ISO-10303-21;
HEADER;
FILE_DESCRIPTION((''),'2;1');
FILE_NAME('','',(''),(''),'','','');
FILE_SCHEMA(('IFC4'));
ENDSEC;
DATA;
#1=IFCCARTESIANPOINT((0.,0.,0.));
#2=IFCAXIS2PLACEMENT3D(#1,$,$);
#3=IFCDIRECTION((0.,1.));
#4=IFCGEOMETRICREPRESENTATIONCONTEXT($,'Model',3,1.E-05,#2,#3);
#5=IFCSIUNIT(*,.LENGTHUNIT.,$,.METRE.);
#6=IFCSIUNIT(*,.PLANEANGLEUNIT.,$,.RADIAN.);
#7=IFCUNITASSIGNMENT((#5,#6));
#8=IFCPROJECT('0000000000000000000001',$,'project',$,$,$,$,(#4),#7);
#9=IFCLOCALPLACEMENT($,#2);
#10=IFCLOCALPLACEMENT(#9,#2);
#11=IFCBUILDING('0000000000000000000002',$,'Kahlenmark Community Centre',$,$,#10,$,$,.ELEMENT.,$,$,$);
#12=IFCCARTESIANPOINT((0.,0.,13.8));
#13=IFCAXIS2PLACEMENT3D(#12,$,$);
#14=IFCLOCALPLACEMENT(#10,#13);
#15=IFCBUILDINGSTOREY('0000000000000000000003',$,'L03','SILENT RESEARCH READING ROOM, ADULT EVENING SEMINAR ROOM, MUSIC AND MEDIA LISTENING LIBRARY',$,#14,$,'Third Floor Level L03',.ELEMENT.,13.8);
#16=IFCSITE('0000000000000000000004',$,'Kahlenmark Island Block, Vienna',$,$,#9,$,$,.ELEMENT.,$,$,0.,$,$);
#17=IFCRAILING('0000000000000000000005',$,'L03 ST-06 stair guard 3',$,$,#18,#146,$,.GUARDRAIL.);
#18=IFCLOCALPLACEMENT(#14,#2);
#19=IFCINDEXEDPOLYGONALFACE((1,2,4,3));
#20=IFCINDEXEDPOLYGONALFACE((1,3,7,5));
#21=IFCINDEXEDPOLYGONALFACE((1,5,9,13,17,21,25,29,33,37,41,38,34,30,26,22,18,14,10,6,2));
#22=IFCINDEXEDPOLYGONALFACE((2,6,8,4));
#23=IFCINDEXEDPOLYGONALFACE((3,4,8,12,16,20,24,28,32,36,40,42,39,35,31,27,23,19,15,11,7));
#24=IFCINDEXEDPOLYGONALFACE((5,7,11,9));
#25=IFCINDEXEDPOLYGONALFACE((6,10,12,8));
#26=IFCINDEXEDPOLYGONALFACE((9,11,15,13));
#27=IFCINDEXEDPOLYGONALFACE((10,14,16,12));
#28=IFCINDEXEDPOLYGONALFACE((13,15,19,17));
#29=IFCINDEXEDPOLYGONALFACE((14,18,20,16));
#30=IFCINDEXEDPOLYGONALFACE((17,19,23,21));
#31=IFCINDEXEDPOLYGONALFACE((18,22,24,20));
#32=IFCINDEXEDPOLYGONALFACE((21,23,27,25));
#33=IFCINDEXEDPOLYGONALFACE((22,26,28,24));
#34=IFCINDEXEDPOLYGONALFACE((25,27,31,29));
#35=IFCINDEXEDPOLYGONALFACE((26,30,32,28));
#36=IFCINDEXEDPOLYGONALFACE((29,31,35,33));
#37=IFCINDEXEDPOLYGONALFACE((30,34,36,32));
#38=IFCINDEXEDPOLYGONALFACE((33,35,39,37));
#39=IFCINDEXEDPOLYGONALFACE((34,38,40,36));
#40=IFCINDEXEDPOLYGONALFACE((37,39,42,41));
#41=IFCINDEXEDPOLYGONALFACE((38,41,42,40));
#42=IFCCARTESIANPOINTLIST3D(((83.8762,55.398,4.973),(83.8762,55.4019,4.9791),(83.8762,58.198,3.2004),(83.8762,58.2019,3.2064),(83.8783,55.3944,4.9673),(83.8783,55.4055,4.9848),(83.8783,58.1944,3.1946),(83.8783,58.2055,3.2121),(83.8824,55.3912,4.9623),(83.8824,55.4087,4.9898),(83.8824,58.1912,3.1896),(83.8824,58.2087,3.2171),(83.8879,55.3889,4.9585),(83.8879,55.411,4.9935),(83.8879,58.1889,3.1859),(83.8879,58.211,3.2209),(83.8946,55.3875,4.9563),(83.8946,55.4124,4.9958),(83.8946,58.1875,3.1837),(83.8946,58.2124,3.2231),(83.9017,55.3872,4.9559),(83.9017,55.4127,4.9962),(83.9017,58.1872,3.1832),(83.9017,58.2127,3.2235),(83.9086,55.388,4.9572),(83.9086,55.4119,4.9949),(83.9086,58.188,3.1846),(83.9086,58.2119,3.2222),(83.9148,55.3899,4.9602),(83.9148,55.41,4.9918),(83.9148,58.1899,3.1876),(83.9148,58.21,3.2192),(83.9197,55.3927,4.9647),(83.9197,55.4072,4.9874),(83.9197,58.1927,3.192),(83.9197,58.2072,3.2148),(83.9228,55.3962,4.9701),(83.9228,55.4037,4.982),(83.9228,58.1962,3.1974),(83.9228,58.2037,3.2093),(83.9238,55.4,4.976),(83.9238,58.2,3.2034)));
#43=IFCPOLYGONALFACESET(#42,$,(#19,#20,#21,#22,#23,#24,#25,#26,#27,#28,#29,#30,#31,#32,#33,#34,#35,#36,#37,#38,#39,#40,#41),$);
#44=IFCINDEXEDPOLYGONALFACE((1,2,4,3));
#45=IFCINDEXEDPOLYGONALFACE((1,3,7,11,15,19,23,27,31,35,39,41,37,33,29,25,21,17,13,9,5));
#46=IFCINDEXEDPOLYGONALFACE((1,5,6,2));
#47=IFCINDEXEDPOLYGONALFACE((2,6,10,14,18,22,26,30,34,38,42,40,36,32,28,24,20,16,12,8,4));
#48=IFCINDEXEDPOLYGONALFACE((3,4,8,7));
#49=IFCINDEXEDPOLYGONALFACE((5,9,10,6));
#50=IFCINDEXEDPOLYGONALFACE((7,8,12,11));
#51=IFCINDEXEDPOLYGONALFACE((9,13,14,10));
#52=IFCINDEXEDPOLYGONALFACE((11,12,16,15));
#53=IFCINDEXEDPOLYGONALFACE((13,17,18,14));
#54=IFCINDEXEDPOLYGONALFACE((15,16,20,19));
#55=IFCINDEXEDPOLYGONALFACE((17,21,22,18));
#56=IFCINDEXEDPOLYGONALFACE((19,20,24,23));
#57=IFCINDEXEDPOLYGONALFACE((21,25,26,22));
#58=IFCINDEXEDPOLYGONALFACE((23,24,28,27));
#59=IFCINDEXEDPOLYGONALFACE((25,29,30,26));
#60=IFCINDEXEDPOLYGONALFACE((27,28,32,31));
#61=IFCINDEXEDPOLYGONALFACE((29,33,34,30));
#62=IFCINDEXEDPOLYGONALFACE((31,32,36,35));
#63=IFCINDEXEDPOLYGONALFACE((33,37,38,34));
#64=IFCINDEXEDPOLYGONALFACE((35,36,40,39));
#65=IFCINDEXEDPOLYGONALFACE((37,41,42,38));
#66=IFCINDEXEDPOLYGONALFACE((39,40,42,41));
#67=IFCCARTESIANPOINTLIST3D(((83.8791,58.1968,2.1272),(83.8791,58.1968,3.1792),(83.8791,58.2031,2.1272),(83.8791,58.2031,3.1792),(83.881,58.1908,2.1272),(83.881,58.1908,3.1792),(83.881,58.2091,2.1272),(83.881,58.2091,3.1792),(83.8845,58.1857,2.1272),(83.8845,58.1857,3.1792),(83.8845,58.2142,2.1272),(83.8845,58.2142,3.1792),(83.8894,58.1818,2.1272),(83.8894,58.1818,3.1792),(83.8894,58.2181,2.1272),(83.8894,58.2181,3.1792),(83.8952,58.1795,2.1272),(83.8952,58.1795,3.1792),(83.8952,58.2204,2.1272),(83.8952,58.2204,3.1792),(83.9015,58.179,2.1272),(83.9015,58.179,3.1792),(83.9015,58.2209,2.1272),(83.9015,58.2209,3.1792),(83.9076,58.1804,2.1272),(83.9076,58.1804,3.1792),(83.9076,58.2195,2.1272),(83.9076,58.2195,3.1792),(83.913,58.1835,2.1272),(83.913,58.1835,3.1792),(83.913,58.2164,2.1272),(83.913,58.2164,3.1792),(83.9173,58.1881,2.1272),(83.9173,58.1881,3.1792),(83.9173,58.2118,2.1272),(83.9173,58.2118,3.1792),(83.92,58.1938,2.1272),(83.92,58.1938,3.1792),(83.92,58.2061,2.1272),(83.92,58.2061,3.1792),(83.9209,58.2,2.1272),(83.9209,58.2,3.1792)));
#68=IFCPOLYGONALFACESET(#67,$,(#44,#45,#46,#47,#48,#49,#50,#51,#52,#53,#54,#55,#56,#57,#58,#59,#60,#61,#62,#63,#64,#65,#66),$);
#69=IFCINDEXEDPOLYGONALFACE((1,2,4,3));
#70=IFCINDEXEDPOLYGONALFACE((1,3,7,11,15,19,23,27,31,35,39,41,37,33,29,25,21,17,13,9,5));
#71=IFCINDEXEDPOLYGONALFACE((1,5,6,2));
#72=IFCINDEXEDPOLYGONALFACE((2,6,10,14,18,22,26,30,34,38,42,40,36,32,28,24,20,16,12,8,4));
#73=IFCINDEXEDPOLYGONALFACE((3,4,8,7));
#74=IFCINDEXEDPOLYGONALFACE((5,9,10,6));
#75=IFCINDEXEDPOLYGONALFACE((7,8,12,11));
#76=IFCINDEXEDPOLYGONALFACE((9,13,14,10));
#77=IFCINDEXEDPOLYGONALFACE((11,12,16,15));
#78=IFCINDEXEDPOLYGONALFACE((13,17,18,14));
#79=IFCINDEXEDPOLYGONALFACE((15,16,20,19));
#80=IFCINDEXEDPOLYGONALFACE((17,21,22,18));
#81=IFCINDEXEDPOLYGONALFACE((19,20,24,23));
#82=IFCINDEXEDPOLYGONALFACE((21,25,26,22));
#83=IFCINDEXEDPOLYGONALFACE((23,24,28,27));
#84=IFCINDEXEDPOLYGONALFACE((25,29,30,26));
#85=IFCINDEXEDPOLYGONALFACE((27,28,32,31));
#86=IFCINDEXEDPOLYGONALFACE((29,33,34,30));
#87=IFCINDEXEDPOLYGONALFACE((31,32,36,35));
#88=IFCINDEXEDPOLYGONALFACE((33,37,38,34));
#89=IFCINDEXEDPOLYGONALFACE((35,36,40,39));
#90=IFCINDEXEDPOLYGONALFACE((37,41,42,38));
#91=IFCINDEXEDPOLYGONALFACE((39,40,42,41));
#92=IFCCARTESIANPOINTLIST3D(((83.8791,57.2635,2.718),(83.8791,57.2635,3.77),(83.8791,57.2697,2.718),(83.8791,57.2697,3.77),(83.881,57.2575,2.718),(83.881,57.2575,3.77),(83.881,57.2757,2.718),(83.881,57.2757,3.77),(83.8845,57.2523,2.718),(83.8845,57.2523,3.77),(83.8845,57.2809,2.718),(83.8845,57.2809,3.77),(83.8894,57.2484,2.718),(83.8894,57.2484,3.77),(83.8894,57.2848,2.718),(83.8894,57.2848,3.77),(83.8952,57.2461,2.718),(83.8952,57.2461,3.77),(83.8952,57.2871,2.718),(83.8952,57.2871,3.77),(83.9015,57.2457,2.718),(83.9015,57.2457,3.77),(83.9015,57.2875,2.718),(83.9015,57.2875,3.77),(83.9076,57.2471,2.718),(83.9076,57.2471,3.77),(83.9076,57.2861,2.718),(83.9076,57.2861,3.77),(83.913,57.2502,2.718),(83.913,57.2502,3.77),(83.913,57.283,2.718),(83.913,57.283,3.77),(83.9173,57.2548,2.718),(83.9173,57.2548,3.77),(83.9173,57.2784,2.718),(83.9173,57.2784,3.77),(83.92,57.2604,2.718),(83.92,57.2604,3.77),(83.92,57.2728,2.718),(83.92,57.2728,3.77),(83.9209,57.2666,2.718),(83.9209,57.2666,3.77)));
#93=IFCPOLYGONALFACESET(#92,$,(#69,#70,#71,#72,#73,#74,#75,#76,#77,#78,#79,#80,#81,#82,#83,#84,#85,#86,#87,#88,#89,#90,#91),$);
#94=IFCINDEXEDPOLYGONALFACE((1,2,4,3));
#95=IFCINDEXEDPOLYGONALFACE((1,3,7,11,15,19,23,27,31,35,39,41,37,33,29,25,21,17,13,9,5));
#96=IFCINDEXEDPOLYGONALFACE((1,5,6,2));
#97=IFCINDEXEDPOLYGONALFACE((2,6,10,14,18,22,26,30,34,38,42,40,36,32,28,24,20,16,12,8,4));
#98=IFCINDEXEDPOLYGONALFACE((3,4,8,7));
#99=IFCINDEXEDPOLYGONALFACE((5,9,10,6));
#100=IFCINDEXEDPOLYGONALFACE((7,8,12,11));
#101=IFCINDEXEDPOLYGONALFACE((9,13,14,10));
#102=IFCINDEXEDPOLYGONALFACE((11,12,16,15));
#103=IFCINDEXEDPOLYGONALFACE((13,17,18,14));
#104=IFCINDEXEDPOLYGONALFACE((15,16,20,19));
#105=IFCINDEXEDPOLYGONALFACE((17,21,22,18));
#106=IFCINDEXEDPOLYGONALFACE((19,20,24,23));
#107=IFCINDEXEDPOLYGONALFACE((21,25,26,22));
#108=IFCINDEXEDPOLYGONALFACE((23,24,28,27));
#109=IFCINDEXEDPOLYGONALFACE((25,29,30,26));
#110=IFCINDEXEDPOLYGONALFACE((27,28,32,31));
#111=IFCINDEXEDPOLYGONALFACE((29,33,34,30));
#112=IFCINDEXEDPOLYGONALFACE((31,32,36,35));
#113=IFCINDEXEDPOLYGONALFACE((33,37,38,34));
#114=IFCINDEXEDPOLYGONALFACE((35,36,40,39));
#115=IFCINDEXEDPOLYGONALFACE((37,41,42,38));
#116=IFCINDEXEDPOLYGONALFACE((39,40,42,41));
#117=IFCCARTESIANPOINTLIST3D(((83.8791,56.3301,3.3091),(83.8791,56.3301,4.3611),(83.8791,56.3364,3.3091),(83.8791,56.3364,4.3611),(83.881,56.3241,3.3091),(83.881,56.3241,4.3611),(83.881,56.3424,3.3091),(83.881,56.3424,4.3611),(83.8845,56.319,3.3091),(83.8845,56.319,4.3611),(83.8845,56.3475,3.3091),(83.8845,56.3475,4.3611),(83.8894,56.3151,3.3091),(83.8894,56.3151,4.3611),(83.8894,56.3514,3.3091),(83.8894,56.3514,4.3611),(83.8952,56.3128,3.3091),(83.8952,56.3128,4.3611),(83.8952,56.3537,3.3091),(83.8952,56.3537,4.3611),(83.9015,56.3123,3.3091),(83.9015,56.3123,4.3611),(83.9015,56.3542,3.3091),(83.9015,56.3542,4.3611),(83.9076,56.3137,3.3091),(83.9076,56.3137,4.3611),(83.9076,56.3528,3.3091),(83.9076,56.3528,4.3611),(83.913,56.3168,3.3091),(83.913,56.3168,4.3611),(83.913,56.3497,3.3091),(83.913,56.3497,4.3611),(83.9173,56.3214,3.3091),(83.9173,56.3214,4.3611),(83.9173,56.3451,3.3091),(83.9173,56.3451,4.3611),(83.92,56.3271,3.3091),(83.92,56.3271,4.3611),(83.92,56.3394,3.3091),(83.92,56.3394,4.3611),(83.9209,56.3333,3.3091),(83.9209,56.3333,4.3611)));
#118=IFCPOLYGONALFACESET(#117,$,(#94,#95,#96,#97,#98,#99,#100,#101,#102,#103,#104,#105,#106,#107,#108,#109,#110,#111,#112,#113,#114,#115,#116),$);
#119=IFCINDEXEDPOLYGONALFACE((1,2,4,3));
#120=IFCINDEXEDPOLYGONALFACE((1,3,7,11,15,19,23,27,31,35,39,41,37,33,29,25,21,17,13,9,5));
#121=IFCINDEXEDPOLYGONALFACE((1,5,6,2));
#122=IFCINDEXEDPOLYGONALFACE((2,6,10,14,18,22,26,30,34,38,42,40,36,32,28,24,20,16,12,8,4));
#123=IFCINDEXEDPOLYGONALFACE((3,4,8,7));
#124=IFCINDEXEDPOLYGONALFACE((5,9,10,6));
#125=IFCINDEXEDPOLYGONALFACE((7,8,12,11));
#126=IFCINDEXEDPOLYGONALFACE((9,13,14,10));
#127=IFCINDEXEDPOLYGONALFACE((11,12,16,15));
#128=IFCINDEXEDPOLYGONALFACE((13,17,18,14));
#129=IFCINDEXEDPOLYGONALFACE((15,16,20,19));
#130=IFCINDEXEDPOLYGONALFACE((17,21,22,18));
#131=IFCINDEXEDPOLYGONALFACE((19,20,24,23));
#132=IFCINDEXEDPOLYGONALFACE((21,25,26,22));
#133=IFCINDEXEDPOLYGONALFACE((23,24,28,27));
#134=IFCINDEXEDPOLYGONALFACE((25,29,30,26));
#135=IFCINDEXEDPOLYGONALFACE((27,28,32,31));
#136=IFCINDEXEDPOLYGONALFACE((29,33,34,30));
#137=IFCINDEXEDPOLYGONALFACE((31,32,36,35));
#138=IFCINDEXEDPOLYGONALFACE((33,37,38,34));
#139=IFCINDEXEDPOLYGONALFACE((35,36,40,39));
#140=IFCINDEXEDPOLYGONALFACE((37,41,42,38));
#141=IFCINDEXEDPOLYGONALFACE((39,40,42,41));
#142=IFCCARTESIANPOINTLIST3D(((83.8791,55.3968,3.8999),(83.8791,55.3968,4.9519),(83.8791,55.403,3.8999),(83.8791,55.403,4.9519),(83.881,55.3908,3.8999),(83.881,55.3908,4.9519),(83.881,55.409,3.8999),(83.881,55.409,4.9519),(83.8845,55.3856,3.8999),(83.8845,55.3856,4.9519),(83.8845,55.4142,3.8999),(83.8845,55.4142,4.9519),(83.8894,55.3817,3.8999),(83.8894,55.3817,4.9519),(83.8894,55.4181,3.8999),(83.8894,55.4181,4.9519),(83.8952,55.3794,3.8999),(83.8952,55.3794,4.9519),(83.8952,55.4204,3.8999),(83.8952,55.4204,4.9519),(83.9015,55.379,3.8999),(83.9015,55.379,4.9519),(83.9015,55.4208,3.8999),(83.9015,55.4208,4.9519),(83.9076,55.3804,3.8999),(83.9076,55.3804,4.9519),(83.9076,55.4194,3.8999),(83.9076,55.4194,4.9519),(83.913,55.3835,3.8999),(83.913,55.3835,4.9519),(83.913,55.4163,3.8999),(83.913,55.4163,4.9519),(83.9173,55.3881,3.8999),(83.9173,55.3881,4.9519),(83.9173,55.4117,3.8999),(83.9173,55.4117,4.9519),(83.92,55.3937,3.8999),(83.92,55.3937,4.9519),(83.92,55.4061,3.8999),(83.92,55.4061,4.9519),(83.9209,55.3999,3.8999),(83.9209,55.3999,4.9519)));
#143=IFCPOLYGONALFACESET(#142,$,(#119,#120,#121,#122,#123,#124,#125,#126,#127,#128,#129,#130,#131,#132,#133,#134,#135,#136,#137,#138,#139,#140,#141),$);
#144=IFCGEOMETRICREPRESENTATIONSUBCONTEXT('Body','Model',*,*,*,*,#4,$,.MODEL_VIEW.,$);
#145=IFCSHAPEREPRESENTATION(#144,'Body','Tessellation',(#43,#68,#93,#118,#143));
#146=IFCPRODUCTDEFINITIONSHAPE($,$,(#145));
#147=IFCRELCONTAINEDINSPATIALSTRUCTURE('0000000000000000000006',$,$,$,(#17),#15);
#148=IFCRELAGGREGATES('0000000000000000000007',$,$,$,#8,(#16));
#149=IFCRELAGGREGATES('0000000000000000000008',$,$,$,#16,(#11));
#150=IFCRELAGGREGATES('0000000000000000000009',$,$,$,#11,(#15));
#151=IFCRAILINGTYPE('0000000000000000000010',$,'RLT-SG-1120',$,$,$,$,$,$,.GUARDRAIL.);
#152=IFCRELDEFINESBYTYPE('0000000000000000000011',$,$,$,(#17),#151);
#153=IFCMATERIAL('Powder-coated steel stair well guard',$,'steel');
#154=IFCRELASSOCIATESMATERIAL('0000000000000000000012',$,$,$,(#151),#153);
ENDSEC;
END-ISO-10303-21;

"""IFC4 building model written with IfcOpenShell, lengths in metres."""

from ifc_helpers import new_model, si_unit, direction, frame, origin, origin_2d, place, context, subcontext, project, spatial, circle, extrude, material, type_object, element, save


model = new_model("IFC4")

# Units and contexts
model_context = context("Model", 3, precision=1e-05, world=origin(), true_north=direction((0.0, 1.0)))
body_context = subcontext(model_context, "Body", "Model", "MODEL_VIEW")
ifc_project = project(units=[si_unit("LENGTHUNIT", "METRE"), si_unit("PLANEANGLEUNIT", "RADIAN")], contexts=[model_context])

# Site, building, storey
site_placement = place(None, origin())
site = spatial("IfcSite", under=ifc_project, at=site_placement, Name="Kahlenmark Island Block, Vienna", CompositionType="ELEMENT", RefElevation=0.0)
building_placement = place(site_placement, origin())
building = spatial("IfcBuilding", under=site, at=building_placement, Name="Kahlenmark Community Centre", CompositionType="ELEMENT")
storey_placement = place(building_placement, frame((0.0, 0.0, 13.8)))
storey = spatial("IfcBuildingStorey", under=building, at=storey_placement, Name="L03", Description="SILENT RESEARCH READING ROOM, ADULT EVENING SEMINAR ROOM, MUSIC AND MEDIA LISTENING LIBRARY", LongName="Third Floor Level L03", CompositionType="ELEMENT", Elevation=13.8)

# Railing
ifc_material_1 = material(Name="Powder-coated steel stair well guard", Category="steel")
railing_type_1 = type_object("IfcRailingType", Name="RLT-SG-1120", PredefinedType="GUARDRAIL", material=ifc_material_1)
railing_1_placement = place(storey_placement, frame((83.8999, 58.2, 2.1272)))
element("IfcRailing", 1, at=railing_1_placement, inside=storey, type_object=railing_type_1, Name="L03 ST-06 stair guard 3", PredefinedType="GUARDRAIL", context=body_context, shape_type="SweptSolid", body=[
    extrude(circle(Radius=0.0239, at=origin_2d()), frame((0.0, 0.0, 1.0762), z_axis=(0.0, -0.844909, 0.53491), x_axis=(1.0, 0.0, 0.0)), (0.0, 0.0, 1.0), 3.314),
    extrude(circle(Radius=0.021, at=origin_2d()), origin(), (0.0, 0.0, 1.0), 1.052),
    extrude(circle(Radius=0.021, at=origin_2d()), frame((0.0, -0.9333, 0.5908)), (0.0, 0.0, 1.0), 1.052),
    extrude(circle(Radius=0.021, at=origin_2d()), frame((0.0, -1.8667, 1.1819)), (0.0, 0.0, 1.0), 1.052),
    extrude(circle(Radius=0.021, at=origin_2d()), frame((0.0, -2.8, 1.7727)), (0.0, 0.0, 1.0), 1.052),
])

save(model, "model.ifc")
